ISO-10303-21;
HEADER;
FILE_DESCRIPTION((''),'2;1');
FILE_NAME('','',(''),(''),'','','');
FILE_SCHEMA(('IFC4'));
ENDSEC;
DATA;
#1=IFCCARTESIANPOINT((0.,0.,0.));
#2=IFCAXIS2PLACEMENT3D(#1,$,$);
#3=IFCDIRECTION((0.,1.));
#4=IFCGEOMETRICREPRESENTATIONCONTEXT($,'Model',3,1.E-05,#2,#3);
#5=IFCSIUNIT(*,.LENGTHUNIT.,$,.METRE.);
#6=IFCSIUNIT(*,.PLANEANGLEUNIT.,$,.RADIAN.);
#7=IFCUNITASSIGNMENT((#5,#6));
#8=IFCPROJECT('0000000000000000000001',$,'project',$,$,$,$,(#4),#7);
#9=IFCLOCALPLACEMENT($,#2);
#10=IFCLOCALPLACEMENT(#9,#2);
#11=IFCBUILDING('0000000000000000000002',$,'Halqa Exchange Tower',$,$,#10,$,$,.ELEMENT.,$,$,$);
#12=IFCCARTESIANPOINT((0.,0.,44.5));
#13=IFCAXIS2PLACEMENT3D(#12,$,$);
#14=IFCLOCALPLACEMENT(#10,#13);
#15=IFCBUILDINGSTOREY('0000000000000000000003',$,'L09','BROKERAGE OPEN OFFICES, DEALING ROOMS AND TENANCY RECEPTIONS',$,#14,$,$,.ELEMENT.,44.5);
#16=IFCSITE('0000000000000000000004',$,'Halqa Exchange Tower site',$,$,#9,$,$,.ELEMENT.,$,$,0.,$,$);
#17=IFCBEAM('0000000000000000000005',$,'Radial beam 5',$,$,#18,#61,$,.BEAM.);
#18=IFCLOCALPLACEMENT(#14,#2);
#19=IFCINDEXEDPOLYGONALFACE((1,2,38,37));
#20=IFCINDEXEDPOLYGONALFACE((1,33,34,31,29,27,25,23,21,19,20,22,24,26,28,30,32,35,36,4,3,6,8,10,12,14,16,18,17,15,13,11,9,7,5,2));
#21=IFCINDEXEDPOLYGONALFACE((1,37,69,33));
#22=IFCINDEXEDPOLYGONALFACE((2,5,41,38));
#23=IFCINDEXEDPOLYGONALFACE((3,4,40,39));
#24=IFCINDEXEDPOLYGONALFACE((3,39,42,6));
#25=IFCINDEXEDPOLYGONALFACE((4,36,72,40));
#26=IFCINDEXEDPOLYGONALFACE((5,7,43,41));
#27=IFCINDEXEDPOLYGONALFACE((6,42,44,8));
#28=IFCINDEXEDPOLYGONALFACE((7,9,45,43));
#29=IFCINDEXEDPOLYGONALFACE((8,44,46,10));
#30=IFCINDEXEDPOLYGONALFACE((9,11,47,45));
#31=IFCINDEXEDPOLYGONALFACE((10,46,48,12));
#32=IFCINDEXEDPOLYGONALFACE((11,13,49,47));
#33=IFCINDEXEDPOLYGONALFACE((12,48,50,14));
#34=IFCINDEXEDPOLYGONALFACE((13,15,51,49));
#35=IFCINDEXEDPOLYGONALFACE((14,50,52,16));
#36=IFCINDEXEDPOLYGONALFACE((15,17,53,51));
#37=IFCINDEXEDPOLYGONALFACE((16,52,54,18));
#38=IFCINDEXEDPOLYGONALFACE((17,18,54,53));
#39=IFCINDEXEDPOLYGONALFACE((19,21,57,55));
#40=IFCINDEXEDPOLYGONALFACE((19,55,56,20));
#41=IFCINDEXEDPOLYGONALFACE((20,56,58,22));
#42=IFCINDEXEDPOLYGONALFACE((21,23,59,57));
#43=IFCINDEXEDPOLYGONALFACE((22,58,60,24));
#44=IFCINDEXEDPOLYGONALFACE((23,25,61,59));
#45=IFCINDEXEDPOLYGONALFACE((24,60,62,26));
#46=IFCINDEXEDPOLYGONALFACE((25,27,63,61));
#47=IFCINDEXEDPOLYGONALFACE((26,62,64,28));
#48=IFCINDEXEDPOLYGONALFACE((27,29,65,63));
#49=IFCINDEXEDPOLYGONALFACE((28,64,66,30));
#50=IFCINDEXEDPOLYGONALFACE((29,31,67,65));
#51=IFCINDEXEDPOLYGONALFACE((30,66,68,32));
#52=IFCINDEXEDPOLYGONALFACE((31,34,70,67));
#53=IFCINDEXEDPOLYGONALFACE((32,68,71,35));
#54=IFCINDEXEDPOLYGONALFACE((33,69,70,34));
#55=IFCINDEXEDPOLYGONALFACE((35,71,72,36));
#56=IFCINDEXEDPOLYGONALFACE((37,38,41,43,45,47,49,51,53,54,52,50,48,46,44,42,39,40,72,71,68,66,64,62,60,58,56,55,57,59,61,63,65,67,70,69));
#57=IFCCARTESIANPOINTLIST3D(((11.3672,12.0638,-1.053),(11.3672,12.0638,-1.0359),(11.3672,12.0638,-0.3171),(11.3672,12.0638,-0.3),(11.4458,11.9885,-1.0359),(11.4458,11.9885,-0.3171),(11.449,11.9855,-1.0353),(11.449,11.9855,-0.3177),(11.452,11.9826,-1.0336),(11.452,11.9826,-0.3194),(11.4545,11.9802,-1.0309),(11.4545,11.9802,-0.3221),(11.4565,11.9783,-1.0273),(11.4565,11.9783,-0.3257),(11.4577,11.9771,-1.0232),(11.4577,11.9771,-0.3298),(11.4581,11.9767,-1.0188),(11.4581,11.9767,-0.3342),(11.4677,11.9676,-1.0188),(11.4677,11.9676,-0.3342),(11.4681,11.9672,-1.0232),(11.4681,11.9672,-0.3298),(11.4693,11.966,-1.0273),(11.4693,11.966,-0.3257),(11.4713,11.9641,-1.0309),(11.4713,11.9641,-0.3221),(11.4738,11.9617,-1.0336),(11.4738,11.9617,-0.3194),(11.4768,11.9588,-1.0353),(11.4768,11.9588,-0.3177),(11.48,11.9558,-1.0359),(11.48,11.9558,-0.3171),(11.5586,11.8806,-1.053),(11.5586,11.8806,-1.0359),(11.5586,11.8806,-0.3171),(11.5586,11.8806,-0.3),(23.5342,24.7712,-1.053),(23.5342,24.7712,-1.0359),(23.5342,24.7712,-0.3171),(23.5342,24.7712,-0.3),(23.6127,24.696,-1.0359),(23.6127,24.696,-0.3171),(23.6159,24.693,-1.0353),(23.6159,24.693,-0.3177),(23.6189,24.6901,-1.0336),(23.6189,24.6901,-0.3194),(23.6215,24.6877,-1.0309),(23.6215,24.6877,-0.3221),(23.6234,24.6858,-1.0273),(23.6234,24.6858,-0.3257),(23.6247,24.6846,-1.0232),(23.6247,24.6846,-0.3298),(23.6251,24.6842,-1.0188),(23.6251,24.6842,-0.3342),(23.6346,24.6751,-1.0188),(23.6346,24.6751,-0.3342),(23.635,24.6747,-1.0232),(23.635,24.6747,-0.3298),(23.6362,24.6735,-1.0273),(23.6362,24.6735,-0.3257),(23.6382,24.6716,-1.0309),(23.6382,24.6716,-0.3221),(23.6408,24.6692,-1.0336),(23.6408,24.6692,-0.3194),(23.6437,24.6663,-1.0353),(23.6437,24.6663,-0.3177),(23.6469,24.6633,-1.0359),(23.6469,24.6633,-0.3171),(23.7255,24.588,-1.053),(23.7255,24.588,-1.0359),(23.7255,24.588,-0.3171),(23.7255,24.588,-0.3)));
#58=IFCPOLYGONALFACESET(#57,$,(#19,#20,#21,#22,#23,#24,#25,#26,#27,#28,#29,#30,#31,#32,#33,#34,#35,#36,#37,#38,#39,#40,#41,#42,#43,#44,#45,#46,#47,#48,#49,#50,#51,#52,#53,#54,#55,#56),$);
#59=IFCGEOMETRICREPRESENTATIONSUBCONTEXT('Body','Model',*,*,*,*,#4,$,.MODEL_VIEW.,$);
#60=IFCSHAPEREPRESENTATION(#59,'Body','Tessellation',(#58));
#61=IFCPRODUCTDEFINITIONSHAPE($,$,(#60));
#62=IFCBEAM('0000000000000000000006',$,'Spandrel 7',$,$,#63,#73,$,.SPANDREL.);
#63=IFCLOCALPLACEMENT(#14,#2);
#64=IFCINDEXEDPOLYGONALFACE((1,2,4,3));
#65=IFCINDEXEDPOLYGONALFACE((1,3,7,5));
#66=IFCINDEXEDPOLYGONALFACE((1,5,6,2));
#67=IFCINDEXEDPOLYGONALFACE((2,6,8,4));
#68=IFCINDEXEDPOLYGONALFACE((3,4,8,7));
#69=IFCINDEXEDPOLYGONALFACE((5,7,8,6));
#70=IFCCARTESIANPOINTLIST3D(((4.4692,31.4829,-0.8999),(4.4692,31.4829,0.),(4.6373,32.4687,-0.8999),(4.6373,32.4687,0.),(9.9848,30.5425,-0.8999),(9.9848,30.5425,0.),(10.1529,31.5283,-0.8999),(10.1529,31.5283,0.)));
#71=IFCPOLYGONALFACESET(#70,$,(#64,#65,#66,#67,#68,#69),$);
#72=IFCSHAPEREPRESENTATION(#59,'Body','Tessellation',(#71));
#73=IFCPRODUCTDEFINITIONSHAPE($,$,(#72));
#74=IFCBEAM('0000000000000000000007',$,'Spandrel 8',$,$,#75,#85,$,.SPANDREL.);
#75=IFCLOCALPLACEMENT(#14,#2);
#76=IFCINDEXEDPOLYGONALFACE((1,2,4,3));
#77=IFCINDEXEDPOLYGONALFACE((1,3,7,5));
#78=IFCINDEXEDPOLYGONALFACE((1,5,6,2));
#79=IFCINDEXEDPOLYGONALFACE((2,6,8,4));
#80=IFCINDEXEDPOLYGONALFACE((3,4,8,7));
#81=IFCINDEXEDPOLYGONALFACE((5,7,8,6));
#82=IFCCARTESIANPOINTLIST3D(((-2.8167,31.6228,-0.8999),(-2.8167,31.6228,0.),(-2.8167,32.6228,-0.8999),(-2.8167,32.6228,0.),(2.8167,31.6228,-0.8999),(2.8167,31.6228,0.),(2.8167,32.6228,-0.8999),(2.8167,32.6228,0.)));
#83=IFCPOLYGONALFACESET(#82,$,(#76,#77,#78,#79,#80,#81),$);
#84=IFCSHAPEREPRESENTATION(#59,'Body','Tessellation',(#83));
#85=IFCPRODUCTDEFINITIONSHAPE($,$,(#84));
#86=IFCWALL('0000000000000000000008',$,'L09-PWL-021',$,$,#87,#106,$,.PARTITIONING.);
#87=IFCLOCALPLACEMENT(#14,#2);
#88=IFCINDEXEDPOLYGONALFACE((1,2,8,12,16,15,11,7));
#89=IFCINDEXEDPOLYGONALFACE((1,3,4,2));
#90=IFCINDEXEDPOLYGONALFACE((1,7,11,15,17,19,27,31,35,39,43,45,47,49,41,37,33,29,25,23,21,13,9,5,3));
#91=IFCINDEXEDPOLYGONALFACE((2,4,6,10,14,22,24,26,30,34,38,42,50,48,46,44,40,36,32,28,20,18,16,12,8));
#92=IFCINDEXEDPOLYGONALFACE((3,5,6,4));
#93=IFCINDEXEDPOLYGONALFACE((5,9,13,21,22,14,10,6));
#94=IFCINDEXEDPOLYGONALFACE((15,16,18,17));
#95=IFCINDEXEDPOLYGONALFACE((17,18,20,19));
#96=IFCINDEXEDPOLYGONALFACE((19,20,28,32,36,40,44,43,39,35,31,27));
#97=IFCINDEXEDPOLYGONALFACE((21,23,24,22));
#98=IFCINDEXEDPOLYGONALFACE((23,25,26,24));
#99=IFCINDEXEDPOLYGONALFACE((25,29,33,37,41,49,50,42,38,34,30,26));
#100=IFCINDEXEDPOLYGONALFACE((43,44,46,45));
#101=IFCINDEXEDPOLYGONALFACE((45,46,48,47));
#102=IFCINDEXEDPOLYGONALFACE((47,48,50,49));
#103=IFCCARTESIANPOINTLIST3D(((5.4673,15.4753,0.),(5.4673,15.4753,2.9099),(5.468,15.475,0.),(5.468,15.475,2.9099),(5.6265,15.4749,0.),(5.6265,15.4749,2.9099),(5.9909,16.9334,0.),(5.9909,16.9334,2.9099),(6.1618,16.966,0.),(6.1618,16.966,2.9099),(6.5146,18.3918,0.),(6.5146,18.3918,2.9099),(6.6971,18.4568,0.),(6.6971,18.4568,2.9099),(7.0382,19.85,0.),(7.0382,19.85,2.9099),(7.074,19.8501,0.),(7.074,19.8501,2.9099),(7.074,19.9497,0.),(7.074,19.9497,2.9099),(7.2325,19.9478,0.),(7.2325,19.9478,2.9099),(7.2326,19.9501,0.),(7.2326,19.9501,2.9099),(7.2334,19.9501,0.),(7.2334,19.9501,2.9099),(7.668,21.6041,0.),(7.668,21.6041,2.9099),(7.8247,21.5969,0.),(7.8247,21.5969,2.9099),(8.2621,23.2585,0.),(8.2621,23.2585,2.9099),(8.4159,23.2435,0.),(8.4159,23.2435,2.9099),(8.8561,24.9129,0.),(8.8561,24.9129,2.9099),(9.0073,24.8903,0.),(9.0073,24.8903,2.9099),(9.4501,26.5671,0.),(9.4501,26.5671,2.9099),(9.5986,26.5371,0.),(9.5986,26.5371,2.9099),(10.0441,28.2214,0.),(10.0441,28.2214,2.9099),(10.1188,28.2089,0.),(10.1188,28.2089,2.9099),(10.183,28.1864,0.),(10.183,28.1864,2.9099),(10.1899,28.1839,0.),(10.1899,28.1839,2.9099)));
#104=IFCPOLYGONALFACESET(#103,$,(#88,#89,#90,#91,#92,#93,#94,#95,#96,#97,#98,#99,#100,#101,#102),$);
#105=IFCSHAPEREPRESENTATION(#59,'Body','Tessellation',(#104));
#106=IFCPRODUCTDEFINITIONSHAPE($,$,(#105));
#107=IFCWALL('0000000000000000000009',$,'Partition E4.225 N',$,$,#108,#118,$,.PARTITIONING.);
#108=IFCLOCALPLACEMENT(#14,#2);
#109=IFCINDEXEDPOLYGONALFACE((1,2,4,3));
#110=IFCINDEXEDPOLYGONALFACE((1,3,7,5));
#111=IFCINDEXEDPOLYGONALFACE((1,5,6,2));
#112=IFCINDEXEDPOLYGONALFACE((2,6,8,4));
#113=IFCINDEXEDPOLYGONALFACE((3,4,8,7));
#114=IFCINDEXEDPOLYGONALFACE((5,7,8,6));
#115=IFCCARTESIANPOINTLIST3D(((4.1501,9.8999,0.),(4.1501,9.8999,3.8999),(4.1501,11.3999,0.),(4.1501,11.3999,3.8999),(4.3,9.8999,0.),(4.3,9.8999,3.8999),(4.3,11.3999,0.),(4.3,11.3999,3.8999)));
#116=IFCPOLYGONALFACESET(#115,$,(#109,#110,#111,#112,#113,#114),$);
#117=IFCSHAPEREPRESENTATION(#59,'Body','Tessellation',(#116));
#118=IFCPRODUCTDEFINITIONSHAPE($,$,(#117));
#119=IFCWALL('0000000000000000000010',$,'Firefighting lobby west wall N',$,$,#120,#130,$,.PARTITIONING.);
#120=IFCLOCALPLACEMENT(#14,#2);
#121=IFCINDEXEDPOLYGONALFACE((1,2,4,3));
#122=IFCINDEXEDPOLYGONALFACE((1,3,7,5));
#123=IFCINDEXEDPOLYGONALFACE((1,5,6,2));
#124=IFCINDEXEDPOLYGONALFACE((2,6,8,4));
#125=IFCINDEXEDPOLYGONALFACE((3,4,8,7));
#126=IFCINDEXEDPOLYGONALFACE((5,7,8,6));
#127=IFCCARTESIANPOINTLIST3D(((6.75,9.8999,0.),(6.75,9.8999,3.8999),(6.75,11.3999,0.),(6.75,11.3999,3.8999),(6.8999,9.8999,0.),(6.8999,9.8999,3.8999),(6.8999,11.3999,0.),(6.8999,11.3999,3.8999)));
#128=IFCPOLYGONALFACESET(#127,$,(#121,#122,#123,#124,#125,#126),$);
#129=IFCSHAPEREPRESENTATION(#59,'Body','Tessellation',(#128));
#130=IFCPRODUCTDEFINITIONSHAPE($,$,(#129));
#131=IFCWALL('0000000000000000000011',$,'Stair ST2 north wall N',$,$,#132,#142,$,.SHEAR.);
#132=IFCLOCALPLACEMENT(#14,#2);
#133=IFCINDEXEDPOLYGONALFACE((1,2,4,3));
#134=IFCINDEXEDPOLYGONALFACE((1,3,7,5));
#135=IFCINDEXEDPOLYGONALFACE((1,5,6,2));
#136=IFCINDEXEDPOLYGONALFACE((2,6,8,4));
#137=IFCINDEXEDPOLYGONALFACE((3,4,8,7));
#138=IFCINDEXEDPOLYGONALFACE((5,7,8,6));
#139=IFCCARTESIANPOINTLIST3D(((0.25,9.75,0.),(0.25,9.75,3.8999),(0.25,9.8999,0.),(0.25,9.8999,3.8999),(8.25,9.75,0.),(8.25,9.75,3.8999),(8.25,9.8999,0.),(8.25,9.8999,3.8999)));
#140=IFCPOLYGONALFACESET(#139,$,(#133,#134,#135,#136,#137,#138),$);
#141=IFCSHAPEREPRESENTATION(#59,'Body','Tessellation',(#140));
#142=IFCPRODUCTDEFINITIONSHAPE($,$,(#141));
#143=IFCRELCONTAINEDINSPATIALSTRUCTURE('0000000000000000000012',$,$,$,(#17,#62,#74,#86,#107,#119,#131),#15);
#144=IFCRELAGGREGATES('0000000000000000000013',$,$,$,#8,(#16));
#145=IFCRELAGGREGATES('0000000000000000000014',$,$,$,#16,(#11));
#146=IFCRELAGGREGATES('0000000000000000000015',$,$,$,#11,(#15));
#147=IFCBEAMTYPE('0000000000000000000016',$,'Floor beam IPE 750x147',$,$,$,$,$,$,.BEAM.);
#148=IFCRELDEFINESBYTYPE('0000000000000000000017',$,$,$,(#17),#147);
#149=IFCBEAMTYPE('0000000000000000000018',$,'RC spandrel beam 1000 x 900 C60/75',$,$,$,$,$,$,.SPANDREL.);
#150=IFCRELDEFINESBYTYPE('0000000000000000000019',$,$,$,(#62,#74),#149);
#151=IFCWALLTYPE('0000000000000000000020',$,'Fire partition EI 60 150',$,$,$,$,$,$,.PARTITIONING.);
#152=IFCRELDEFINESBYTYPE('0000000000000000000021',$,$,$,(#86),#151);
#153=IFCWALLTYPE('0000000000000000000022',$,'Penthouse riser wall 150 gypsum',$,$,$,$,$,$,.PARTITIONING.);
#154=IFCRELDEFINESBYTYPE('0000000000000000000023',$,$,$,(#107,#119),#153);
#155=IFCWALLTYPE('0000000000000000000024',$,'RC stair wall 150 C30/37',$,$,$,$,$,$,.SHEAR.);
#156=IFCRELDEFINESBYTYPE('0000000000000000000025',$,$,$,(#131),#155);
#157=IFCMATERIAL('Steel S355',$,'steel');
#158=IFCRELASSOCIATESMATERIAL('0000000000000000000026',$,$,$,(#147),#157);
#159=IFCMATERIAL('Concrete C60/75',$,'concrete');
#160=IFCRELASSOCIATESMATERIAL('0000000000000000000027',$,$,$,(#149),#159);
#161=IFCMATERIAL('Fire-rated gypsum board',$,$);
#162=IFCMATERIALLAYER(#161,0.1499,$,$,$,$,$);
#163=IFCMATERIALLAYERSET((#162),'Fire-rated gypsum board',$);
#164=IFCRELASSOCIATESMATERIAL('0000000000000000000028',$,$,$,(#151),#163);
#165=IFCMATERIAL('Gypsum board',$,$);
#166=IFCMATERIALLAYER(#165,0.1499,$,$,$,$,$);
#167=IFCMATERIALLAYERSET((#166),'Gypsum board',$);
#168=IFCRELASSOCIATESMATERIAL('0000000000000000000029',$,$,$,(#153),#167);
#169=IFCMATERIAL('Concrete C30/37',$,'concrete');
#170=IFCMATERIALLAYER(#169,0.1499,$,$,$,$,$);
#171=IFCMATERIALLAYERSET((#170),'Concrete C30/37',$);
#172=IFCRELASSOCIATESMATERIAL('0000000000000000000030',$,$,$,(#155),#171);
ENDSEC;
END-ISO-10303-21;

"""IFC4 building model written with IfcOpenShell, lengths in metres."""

from ifc_helpers import new_model, si_unit, direction, frame, frame_2d, origin, origin_2d, place, context, subcontext, project, spatial, polyline, rectangle, i_section, outline, extrude, material, layer, layer_set, material_profile, profile_set, type_object, element, save


model = new_model("IFC4")

# Units and contexts
model_context = context("Model", 3, precision=1e-05, world=origin(), true_north=direction((0.0, 1.0)))
body_context = subcontext(model_context, "Body", "Model", "MODEL_VIEW")
ifc_project = project(units=[si_unit("LENGTHUNIT", "METRE"), si_unit("PLANEANGLEUNIT", "RADIAN")], contexts=[model_context])

# Site, building, storey
site_placement = place(None, origin())
site = spatial("IfcSite", under=ifc_project, at=site_placement, Name="Halqa Exchange Tower site", CompositionType="ELEMENT", RefElevation=0.0)
building_placement = place(site_placement, origin())
building = spatial("IfcBuilding", under=site, at=building_placement, Name="Halqa Exchange Tower", CompositionType="ELEMENT")
storey_placement = place(building_placement, frame((0.0, 0.0, 44.5)))
storey = spatial("IfcBuildingStorey", under=building, at=storey_placement, Name="L09", Description="BROKERAGE OPEN OFFICES, DEALING ROOMS AND TENANCY RECEPTIONS", CompositionType="ELEMENT", Elevation=44.5)

# Beams
ifc_material_1 = material(Name="Steel S355", Category="steel")
ifc_material_profile_1 = material_profile(ifc_material_1, i_section(OverallWidth=0.2649, OverallDepth=0.7529, WebThickness=0.0132, FlangeThickness=0.0171, FilletRadius=0.0171, at=origin_2d()), Name="IPE 750x147")
ifc_profile_set_1 = profile_set([ifc_material_profile_1], Name="Steel S355")
beam_type_1 = type_object("IfcBeamType", Name="Floor beam IPE 750x147", PredefinedType="BEAM", material=ifc_profile_set_1)
beam_1_placement = place(storey_placement, frame((11.4629, 11.9722, -0.6765), z_axis=(0.691578, 0.722302, 0.0), x_axis=(-0.722302, 0.691578, 0.0)))
element("IfcBeam", 1, at=beam_1_placement, inside=storey, type_object=beam_type_1, Name="Radial beam 5", PredefinedType="BEAM", context=body_context, shape_type="SweptSolid", body=[
    extrude(i_section(OverallWidth=0.2649, OverallDepth=0.7529, WebThickness=0.0132, FlangeThickness=0.0171, FilletRadius=0.0171, at=origin_2d()), origin(), (0.0, 0.0, 1.0), 17.593),
])
ifc_material_2 = material(Name="Concrete C60/75", Category="concrete")
ifc_material_profile_2 = material_profile(ifc_material_2, rectangle(XDim=1.0, YDim=0.8999, at=origin_2d()), Name="1000 x 900")
ifc_profile_set_2 = profile_set([ifc_material_profile_2], Name="Concrete C60/75")
beam_type_2 = type_object("IfcBeamType", Name="RC spandrel beam 1000 x 900 C60/75", PredefinedType="SPANDREL", material=ifc_profile_set_2)
beam_2_placement = place(storey_placement, frame((10.0688, 31.0354, -0.45), z_axis=(-0.985774, 0.168077, 0.0), x_axis=(-0.168077, -0.985774, 0.0)))
element("IfcBeam", 2, at=beam_2_placement, inside=storey, type_object=beam_type_2, Name="Spandrel 7", PredefinedType="SPANDREL", context=body_context, shape_type="SweptSolid", body=[
    extrude(rectangle(XDim=1.0, YDim=0.8999, at=origin_2d()), origin(), (0.0, 0.0, 1.0), 5.5952),
])
beam_3_placement = place(storey_placement, frame((2.8167, 32.1228, -0.45), z_axis=(-1.0, 0.0, 0.0), x_axis=(0.0, -1.0, 0.0)))
element("IfcBeam", 3, at=beam_3_placement, inside=storey, type_object=beam_type_2, Name="Spandrel 8", PredefinedType="SPANDREL", context=body_context, shape_type="SweptSolid", body=[
    extrude(rectangle(XDim=1.0, YDim=0.8999, at=origin_2d()), origin(), (0.0, 0.0, 1.0), 5.6333),
])

# Wall
ifc_material_3 = material(Name="Fire-rated gypsum board")
ifc_layer_1 = layer(ifc_material_3, 0.1499)
ifc_layer_set_1 = layer_set([ifc_layer_1], Name="Fire-rated gypsum board")
wall_type_1 = type_object("IfcWallType", Name="Fire partition EI 60 150", PredefinedType="PARTITIONING", material=ifc_layer_set_1)
wall_1_placement = place(storey_placement, frame((5.5378, 15.45, 0.0), z_axis=(0.0, 0.0, 1.0), x_axis=(0.337949, 0.941164, 0.0)))
element("IfcWall", 4, at=wall_1_placement, inside=storey, type_object=wall_type_1, Name="L09-PWL-021", PredefinedType="PARTITIONING", context=body_context, shape_type="SweptSolid", body=[
    extrude(outline(polyline([(0.0535, -0.075), (1.6377, -0.075), (3.2217, -0.075), (4.8059, -0.075), (4.8081, -0.0742), (4.8083, -0.075), (6.5581, -0.075), (8.3076, -0.075), (10.0574, -0.075), (11.8071, -0.075), (13.5569, -0.075), (13.5569, -0.0676), (13.5564, 0.0005), (13.543, 0.075), (11.7852, 0.075), (10.0276, 0.075), (8.2698, 0.075), (6.512, 0.075), (4.7542, 0.075), (4.6604, 0.0413), (4.6482, 0.075), (3.0989, 0.075), (1.5493, 0.075), (0.0, 0.075), (0.0, 0.0742), (0.0535, -0.075)])), origin(), (0.0, 0.0, 1.0), 2.9099),
])

# Shared definitions
ifc_material_4 = material(Name="Gypsum board")

# Walls
ifc_layer_2 = layer(ifc_material_4, 0.1499)
ifc_layer_set_2 = layer_set([ifc_layer_2], Name="Gypsum board")
wall_type_2 = type_object("IfcWallType", Name="Penthouse riser wall 150 gypsum", PredefinedType="PARTITIONING", material=ifc_layer_set_2)
for number, where, z_axis, x_axis, name in (
    (5, (4.2251, 9.8999, 0.0), (0.0, 0.0, 1.0), (0.0, 1.0, 0.0), "Partition E4.225 N"),
    (6, (6.825, 9.8999, 0.0), (0.0, 0.0, 1.0), (0.0, 1.0, 0.0), "Firefighting lobby west wall N"),
):
    element("IfcWall", number, at=place(storey_placement, frame(where, z_axis=z_axis, x_axis=x_axis)), inside=storey, type_object=wall_type_2, Name=name, PredefinedType="PARTITIONING", context=body_context, shape_type="SweptSolid", body=[
        extrude(rectangle(XDim=1.5, YDim=0.1499, at=frame_2d((0.75, 0.0))), origin(), (0.0, 0.0, 1.0), 3.8999),
    ])
ifc_material_5 = material(Name="Concrete C30/37", Category="concrete")
ifc_layer_3 = layer(ifc_material_5, 0.1499)
ifc_layer_set_3 = layer_set([ifc_layer_3], Name="Concrete C30/37")
wall_type_3 = type_object("IfcWallType", Name="RC stair wall 150 C30/37", PredefinedType="SHEAR", material=ifc_layer_set_3)
wall_2_placement = place(storey_placement, frame((0.25, 9.825, 0.0), z_axis=(0.0, 0.0, 1.0), x_axis=(1.0, 0.0, 0.0)))
element("IfcWall", 7, at=wall_2_placement, inside=storey, type_object=wall_type_3, Name="Stair ST2 north wall N", PredefinedType="SHEAR", context=body_context, shape_type="SweptSolid", body=[
    extrude(rectangle(XDim=8.0, YDim=0.1499, at=frame_2d((4.0, 0.0))), origin(), (0.0, 0.0, 1.0), 3.8999),
])

save(model, "model.ifc")
